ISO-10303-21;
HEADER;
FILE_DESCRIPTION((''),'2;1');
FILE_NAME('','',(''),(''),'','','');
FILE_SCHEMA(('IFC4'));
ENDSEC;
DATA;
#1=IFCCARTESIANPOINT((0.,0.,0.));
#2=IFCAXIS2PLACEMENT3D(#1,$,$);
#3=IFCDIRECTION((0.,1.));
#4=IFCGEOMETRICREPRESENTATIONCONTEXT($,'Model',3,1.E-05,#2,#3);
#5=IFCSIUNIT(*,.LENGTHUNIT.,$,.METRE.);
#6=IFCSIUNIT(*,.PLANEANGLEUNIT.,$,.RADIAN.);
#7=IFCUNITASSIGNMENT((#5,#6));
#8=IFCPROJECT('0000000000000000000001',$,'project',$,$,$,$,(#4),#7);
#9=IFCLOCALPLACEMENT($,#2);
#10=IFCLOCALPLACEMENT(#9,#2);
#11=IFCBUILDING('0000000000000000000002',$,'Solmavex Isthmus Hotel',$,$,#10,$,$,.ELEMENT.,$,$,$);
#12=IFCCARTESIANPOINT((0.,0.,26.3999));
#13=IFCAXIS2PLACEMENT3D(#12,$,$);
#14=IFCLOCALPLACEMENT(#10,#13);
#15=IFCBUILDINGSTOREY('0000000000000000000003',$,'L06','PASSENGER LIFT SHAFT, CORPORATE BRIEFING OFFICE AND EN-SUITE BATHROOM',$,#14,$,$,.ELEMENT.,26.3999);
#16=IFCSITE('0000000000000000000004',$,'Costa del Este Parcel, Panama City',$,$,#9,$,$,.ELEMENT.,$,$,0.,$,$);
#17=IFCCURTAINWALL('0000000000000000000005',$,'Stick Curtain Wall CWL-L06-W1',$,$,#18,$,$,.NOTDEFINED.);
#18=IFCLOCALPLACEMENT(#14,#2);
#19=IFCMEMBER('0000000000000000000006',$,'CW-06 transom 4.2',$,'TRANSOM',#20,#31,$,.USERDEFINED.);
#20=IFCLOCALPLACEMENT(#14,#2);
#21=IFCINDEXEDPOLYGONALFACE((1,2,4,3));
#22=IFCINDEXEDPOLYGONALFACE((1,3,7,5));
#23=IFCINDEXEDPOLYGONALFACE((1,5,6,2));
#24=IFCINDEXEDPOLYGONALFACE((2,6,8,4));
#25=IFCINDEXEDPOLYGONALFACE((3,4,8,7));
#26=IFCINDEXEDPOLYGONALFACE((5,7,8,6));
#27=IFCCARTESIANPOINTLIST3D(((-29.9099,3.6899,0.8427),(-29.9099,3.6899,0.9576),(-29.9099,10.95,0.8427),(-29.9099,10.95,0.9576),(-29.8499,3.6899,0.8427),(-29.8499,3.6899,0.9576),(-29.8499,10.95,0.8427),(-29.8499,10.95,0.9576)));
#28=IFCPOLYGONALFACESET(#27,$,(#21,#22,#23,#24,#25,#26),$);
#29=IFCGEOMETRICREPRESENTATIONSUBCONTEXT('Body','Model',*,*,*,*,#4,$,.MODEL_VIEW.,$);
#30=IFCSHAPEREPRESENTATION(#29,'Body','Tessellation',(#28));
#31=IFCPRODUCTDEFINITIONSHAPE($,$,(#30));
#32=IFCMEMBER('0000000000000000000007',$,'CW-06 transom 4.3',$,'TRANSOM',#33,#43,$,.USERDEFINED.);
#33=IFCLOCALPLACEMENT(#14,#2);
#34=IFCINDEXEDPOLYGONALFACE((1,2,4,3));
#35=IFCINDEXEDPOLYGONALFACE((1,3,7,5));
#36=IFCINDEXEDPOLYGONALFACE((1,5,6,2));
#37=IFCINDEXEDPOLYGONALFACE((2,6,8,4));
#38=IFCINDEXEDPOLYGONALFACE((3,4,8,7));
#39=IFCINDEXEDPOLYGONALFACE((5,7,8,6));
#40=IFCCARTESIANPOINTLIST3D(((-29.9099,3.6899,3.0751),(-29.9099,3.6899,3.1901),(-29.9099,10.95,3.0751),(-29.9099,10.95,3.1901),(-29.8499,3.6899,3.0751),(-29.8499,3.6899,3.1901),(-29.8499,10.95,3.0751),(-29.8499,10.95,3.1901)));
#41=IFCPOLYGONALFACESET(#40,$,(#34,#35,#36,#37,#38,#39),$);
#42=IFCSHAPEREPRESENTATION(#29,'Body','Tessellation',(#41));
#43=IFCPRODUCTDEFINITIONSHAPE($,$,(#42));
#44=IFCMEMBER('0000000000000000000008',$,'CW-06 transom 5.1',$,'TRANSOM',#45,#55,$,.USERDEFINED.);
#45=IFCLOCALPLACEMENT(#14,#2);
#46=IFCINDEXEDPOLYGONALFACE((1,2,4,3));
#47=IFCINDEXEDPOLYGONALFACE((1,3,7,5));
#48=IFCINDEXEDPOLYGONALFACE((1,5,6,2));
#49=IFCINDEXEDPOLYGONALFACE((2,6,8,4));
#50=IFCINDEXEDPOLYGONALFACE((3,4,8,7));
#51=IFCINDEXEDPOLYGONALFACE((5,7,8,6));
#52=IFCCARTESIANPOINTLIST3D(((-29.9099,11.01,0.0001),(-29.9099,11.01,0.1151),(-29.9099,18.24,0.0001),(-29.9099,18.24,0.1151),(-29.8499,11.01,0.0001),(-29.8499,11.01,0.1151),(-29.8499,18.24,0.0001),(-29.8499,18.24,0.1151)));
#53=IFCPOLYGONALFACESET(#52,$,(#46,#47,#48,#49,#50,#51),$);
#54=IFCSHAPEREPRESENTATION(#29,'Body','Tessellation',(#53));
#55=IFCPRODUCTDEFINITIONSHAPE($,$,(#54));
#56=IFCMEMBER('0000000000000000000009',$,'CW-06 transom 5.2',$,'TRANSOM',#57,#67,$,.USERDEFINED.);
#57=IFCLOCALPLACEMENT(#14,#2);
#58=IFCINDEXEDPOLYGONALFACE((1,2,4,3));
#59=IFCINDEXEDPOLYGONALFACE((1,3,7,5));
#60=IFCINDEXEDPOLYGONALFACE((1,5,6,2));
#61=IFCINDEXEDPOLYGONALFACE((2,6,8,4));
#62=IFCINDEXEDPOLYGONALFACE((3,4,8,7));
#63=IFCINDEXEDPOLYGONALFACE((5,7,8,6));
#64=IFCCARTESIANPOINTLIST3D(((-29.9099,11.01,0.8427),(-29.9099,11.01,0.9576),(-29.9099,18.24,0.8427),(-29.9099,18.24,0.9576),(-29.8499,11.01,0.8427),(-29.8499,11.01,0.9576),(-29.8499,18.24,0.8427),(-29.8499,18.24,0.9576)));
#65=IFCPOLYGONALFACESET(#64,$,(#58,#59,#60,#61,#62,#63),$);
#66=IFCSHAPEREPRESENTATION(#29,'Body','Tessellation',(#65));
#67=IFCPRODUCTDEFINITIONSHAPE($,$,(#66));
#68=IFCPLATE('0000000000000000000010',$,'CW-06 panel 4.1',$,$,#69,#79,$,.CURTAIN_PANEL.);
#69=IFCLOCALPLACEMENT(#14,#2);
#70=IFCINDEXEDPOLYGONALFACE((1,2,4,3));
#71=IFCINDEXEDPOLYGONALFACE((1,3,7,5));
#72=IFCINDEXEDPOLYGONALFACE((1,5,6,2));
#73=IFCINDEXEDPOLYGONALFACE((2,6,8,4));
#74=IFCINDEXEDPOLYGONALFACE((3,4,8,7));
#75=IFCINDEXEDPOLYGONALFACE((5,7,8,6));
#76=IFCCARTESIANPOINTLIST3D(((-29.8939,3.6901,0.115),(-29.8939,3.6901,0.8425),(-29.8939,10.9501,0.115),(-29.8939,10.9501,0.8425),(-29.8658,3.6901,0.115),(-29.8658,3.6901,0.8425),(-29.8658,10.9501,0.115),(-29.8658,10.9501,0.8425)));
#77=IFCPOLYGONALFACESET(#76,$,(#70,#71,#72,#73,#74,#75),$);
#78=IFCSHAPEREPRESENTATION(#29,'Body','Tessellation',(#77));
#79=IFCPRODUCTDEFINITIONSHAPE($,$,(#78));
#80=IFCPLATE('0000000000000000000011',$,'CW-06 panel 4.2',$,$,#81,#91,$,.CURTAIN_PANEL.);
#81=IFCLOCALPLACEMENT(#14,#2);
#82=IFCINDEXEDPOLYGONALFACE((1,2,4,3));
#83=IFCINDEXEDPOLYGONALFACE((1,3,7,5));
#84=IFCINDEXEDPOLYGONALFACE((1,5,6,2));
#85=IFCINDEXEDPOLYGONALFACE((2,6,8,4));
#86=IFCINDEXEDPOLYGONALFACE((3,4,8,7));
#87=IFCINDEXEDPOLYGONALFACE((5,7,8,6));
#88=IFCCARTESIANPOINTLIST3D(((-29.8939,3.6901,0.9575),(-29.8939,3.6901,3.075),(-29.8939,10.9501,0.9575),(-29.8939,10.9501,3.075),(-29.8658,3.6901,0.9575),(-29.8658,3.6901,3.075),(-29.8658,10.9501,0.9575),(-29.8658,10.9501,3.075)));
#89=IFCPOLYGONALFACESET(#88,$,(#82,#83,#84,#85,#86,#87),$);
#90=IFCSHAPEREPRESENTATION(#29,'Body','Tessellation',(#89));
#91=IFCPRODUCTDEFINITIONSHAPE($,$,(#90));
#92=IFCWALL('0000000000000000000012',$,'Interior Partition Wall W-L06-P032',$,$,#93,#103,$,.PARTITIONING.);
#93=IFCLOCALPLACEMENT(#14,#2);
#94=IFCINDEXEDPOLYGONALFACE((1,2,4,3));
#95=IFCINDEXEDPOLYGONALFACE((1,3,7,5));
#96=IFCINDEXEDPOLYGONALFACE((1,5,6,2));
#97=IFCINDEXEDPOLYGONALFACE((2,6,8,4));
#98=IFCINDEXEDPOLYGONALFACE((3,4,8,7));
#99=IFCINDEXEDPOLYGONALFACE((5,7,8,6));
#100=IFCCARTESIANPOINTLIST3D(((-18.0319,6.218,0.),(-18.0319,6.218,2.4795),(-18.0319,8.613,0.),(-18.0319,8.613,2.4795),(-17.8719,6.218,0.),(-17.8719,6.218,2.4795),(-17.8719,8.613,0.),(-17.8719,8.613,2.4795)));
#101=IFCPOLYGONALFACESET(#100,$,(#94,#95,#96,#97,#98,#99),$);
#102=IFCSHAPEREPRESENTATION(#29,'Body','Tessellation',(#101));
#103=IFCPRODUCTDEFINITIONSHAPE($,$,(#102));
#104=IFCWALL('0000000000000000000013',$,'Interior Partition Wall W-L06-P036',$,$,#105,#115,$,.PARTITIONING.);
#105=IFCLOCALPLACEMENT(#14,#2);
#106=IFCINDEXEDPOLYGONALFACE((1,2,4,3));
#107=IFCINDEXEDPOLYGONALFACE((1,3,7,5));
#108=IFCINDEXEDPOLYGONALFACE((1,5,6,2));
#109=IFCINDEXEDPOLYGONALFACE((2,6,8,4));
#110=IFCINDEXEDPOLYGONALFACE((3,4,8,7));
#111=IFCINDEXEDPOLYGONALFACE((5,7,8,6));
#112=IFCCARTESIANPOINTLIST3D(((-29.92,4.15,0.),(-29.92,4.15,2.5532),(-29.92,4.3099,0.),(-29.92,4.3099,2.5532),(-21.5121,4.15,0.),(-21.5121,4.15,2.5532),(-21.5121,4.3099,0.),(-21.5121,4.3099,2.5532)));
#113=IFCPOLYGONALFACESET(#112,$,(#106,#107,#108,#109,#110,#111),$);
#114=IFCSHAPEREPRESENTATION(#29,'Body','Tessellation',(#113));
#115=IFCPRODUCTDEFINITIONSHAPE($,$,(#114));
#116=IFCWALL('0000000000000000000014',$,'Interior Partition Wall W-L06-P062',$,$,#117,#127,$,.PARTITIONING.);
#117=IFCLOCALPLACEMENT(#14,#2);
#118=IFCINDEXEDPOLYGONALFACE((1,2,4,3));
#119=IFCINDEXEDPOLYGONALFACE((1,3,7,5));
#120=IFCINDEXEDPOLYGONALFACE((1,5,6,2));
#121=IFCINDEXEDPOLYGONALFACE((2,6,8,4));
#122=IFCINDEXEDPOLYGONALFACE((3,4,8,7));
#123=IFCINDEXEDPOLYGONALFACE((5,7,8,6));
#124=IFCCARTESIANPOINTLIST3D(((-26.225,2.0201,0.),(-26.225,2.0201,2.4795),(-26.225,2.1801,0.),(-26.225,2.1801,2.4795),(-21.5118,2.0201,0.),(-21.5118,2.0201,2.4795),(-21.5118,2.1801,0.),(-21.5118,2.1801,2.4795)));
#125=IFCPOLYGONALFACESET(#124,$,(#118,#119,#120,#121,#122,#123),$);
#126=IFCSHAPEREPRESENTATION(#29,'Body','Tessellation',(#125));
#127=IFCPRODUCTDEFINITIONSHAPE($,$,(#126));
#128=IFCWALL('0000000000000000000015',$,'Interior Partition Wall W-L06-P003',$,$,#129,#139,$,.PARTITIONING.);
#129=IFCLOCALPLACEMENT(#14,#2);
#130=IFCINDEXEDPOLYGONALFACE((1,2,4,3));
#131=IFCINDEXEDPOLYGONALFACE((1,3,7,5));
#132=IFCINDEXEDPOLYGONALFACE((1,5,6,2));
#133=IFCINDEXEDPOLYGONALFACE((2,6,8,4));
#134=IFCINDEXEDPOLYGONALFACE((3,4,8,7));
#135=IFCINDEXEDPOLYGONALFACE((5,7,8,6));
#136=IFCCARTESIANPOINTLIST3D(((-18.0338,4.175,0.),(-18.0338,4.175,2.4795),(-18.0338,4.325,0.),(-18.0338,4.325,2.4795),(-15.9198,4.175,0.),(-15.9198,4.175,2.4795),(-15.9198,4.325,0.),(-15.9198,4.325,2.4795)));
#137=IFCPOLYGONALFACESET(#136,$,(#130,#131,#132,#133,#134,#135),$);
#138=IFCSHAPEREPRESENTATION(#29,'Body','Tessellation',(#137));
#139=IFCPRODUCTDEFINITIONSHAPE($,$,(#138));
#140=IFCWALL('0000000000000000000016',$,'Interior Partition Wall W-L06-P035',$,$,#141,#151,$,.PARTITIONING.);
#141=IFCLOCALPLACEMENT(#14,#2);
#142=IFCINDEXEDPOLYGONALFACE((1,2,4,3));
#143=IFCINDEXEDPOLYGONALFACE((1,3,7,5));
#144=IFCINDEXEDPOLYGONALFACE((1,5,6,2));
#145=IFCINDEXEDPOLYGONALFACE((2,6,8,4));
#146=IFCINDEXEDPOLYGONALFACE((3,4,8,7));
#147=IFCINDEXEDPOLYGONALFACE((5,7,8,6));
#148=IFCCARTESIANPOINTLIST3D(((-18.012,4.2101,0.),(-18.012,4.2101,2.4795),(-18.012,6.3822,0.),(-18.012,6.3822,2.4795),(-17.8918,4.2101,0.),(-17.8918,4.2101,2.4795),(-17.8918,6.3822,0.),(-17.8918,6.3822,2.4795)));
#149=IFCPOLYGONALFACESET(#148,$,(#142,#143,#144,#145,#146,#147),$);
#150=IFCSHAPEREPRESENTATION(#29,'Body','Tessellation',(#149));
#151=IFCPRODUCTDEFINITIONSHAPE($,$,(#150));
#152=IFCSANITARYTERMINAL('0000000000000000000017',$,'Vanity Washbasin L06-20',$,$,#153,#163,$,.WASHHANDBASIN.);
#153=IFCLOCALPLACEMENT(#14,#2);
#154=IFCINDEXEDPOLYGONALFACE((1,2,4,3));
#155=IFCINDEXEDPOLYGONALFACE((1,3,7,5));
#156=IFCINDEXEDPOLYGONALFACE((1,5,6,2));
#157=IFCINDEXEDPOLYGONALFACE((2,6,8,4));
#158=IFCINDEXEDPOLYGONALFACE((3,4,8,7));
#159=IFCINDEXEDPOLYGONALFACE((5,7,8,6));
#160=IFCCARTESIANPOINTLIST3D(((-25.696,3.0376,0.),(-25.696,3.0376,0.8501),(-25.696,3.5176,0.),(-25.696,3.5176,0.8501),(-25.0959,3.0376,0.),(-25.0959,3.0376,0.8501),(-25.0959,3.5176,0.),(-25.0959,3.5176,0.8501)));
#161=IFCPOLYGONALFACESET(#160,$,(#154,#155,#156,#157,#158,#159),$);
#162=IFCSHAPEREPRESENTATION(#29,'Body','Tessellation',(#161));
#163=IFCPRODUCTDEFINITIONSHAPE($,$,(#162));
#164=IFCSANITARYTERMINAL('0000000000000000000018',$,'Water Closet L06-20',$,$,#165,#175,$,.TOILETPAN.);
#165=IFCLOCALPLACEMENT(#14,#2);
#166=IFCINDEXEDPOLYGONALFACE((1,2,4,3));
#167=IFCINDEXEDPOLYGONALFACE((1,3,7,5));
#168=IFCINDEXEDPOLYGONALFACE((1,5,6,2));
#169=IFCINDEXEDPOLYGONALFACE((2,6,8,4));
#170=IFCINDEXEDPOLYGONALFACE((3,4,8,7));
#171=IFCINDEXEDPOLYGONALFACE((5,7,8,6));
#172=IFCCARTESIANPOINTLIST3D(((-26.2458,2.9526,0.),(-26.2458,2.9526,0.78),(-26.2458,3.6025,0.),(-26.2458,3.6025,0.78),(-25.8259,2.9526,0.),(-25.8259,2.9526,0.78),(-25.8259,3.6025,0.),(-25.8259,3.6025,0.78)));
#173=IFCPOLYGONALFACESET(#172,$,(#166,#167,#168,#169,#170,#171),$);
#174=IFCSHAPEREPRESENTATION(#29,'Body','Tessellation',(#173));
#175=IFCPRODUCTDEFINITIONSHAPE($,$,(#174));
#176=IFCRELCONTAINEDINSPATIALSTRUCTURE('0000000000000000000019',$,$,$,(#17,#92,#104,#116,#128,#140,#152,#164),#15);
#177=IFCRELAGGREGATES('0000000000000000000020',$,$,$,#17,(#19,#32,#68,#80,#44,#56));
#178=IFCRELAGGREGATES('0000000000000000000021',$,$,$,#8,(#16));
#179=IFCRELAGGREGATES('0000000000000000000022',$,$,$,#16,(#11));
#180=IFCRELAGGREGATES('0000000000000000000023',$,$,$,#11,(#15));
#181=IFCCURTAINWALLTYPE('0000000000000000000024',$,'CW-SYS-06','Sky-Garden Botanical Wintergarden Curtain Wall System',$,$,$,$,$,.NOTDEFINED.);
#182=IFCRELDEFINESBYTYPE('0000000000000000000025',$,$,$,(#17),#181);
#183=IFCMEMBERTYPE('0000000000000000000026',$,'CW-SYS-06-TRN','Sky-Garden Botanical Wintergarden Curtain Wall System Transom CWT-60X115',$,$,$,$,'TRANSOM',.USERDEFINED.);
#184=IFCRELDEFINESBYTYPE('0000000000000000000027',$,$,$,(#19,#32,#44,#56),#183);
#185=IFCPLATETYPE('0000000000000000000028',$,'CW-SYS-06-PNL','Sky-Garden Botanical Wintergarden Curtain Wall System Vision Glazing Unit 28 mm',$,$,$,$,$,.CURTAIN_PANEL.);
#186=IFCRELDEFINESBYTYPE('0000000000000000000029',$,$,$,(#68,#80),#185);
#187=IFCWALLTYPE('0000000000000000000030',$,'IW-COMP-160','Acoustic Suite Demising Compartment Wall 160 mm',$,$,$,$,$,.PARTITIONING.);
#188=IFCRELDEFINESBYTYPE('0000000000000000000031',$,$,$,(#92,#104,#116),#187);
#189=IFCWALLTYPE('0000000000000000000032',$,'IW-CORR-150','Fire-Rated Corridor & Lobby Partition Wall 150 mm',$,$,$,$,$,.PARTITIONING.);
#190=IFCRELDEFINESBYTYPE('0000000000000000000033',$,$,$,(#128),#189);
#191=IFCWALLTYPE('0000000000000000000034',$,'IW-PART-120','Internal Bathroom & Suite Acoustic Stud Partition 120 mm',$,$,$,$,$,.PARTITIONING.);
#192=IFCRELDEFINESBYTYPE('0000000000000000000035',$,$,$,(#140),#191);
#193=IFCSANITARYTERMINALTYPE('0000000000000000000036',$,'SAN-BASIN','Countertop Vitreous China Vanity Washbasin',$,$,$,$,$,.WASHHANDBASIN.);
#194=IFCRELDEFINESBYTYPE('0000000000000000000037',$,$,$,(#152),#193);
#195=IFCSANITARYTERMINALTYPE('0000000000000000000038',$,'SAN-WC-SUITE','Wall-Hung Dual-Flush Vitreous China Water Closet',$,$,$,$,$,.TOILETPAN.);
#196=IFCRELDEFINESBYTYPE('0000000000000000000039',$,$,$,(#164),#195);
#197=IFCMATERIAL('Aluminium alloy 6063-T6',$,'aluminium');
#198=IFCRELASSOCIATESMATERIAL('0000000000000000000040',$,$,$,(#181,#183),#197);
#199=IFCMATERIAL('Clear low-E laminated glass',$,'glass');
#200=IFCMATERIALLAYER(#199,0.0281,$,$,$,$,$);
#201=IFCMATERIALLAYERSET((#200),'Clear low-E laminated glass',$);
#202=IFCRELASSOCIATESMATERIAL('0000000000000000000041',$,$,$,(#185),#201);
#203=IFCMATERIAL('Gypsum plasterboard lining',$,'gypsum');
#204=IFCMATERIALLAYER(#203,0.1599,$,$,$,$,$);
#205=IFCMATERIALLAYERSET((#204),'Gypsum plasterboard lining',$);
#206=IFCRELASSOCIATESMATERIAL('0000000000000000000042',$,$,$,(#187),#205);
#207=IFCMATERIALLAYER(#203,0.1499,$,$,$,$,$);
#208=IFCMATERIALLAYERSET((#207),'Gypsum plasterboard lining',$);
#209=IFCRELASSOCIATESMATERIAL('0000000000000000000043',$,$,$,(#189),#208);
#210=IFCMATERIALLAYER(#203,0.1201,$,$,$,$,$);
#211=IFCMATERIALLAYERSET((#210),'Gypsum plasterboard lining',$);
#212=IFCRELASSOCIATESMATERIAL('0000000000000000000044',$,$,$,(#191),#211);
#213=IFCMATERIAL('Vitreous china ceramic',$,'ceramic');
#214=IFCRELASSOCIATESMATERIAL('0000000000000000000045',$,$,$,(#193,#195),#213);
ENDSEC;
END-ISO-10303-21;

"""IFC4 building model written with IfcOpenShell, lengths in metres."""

from ifc_helpers import new_model, si_unit, direction, frame, frame_2d, origin, origin_2d, place, context, subcontext, project, spatial, rectangle, extrude, material, layer, layer_set, material_profile, profile_set, type_object, element, aggregate, save


model = new_model("IFC4")

# Units and contexts
model_context = context("Model", 3, precision=1e-05, world=origin(), true_north=direction((0.0, 1.0)))
body_context = subcontext(model_context, "Body", "Model", "MODEL_VIEW")
ifc_project = project(units=[si_unit("LENGTHUNIT", "METRE"), si_unit("PLANEANGLEUNIT", "RADIAN")], contexts=[model_context])

# Site, building, storey
site_placement = place(None, origin())
site = spatial("IfcSite", under=ifc_project, at=site_placement, Name="Costa del Este Parcel, Panama City", CompositionType="ELEMENT", RefElevation=0.0)
building_placement = place(site_placement, origin())
building = spatial("IfcBuilding", under=site, at=building_placement, Name="Solmavex Isthmus Hotel", CompositionType="ELEMENT")
storey_placement = place(building_placement, frame((0.0, 0.0, 26.3999)))
storey = spatial("IfcBuildingStorey", under=building, at=storey_placement, Name="L06", Description="PASSENGER LIFT SHAFT, CORPORATE BRIEFING OFFICE AND EN-SUITE BATHROOM", CompositionType="ELEMENT", Elevation=26.3999)

# Curtain wall, members, plates
ifc_material_1 = material(Name="Aluminium alloy 6063-T6", Category="aluminium")
curtain_wall_type = type_object("IfcCurtainWallType", Name="CW-SYS-06", Description="Sky-Garden Botanical Wintergarden Curtain Wall System", PredefinedType="NOTDEFINED", material=ifc_material_1)
curtain_wall_placement = place(storey_placement, origin())
curtain_wall = element("IfcCurtainWall", 1, at=curtain_wall_placement, inside=storey, type_object=curtain_wall_type, Name="Stick Curtain Wall CWL-L06-W1", PredefinedType="NOTDEFINED")
ifc_material_profile_1 = material_profile(ifc_material_1, rectangle(XDim=0.0601, YDim=0.115, at=origin_2d()), Name="CWT-60X115")
ifc_profile_set_1 = profile_set([ifc_material_profile_1], Name="Aluminium alloy 6063-T6")
member_type_1 = type_object("IfcMemberType", Name="CW-SYS-06-TRN", Description="Sky-Garden Botanical Wintergarden Curtain Wall System Transom CWT-60X115", ElementType="TRANSOM", PredefinedType="USERDEFINED", material=ifc_profile_set_1)
member_1_placement = place(storey_placement, frame((-29.8799, 3.6899, 0.9001), z_axis=(0.0, 1.0, 0.0), x_axis=(-1.0, 0.0, 0.0)))
member_1 = element("IfcMember", 2, at=member_1_placement, type_object=member_type_1, Name="CW-06 transom 4.2", ObjectType="TRANSOM", PredefinedType="USERDEFINED", context=body_context, shape_type="SweptSolid", body=[
    extrude(rectangle(XDim=0.0601, YDim=0.115, at=origin_2d()), origin(), (0.0, 0.0, 1.0), 7.26),
])
member_2_placement = place(storey_placement, frame((-29.8799, 3.6899, 3.1326), z_axis=(0.0, 1.0, 0.0), x_axis=(-1.0, 0.0, 0.0)))
member_2 = element("IfcMember", 3, at=member_2_placement, type_object=member_type_1, Name="CW-06 transom 4.3", ObjectType="TRANSOM", PredefinedType="USERDEFINED", context=body_context, shape_type="SweptSolid", body=[
    extrude(rectangle(XDim=0.0601, YDim=0.115, at=origin_2d()), origin(), (0.0, 0.0, 1.0), 7.26),
])
member_3_placement = place(storey_placement, frame((-29.8799, 11.01, 0.0576), z_axis=(0.0, 1.0, 0.0), x_axis=(-1.0, 0.0, 0.0)))
member_3 = element("IfcMember", 4, at=member_3_placement, type_object=member_type_1, Name="CW-06 transom 5.1", ObjectType="TRANSOM", PredefinedType="USERDEFINED", context=body_context, shape_type="SweptSolid", body=[
    extrude(rectangle(XDim=0.0601, YDim=0.115, at=origin_2d()), origin(), (0.0, 0.0, 1.0), 7.23),
])
member_4_placement = place(storey_placement, frame((-29.8799, 11.01, 0.9001), z_axis=(0.0, 1.0, 0.0), x_axis=(-1.0, 0.0, 0.0)))
member_4 = element("IfcMember", 5, at=member_4_placement, type_object=member_type_1, Name="CW-06 transom 5.2", ObjectType="TRANSOM", PredefinedType="USERDEFINED", context=body_context, shape_type="SweptSolid", body=[
    extrude(rectangle(XDim=0.0601, YDim=0.115, at=origin_2d()), origin(), (0.0, 0.0, 1.0), 7.23),
])
ifc_material_2 = material(Name="Clear low-E laminated glass", Category="glass")
ifc_layer_1 = layer(ifc_material_2, 0.0281)
ifc_layer_set_1 = layer_set([ifc_layer_1], Name="Clear low-E laminated glass")
plate_type = type_object("IfcPlateType", Name="CW-SYS-06-PNL", Description="Sky-Garden Botanical Wintergarden Curtain Wall System Vision Glazing Unit 28 mm", PredefinedType="CURTAIN_PANEL", material=ifc_layer_set_1)
plate_1_placement = place(storey_placement, frame((-29.8799, 7.3201, 0.115), z_axis=(0.0, 0.0, 1.0), x_axis=(0.0, 1.0, 0.0)))
plate_1 = element("IfcPlate", 6, at=plate_1_placement, type_object=plate_type, Name="CW-06 panel 4.1", PredefinedType="CURTAIN_PANEL", context=body_context, shape_type="SweptSolid", body=[
    extrude(rectangle(XDim=7.26, YDim=0.0281, at=origin_2d()), origin(), (0.0, 0.0, 1.0), 0.7275),
])
plate_2_placement = place(storey_placement, frame((-29.8799, 7.3201, 0.9575), z_axis=(0.0, 0.0, 1.0), x_axis=(0.0, 1.0, 0.0)))
plate_2 = element("IfcPlate", 7, at=plate_2_placement, type_object=plate_type, Name="CW-06 panel 4.2", PredefinedType="CURTAIN_PANEL", context=body_context, shape_type="SweptSolid", body=[
    extrude(rectangle(XDim=7.26, YDim=0.0281, at=origin_2d()), origin(), (0.0, 0.0, 1.0), 2.1174),
])
aggregate(curtain_wall, [member_1, member_2, plate_1, plate_2, member_3, member_4])

# Walls
ifc_material_3 = material(Name="Gypsum plasterboard lining", Category="gypsum")
ifc_layer_2 = layer(ifc_material_3, 0.1599)
ifc_layer_set_2 = layer_set([ifc_layer_2], Name="Gypsum plasterboard lining")
wall_type_1 = type_object("IfcWallType", Name="IW-COMP-160", Description="Acoustic Suite Demising Compartment Wall 160 mm", PredefinedType="PARTITIONING", material=ifc_layer_set_2)
wall_1_placement = place(storey_placement, frame((-17.9519, 8.613, 0.0), z_axis=(0.0, 0.0, 1.0), x_axis=(0.0, -1.0, 0.0)))
element("IfcWall", 8, at=wall_1_placement, inside=storey, type_object=wall_type_1, Name="Interior Partition Wall W-L06-P032", PredefinedType="PARTITIONING", context=body_context, shape_type="SweptSolid", body=[
    extrude(rectangle(XDim=2.395, YDim=0.1599, at=frame_2d((1.1975, 0.0))), origin(), (0.0, 0.0, 1.0), 2.4795),
])
wall_2_placement = place(storey_placement, frame((-21.512, 4.23, 0.0), z_axis=(0.0, 0.0, 1.0), x_axis=(-1.0, 0.0, 0.0)))
element("IfcWall", 9, at=wall_2_placement, inside=storey, type_object=wall_type_1, Name="Interior Partition Wall W-L06-P036", PredefinedType="PARTITIONING", context=body_context, shape_type="SweptSolid", body=[
    extrude(rectangle(XDim=8.408, YDim=0.1599, at=frame_2d((4.2041, 0.0))), origin(), (0.0, 0.0, 1.0), 2.5532),
])
wall_3_placement = place(storey_placement, frame((-21.512, 2.1001, 0.0), z_axis=(0.0, 0.0, 1.0), x_axis=(-1.0, 0.0, 0.0)))
element("IfcWall", 10, at=wall_3_placement, inside=storey, type_object=wall_type_1, Name="Interior Partition Wall W-L06-P062", PredefinedType="PARTITIONING", context=body_context, shape_type="SweptSolid", body=[
    extrude(rectangle(XDim=4.7131, YDim=0.1599, at=frame_2d((2.3564, 0.0))), origin(), (0.0, 0.0, 1.0), 2.4795),
])

# Shared definitions
ifc_layer_3 = layer(ifc_material_3, 0.1499)
ifc_layer_set_3 = layer_set([ifc_layer_3], Name="Gypsum plasterboard lining")
wall_type_2 = type_object("IfcWallType", Name="IW-CORR-150", Description="Fire-Rated Corridor & Lobby Partition Wall 150 mm", PredefinedType="PARTITIONING", material=ifc_layer_set_3)

# Wall
wall_4_placement = place(storey_placement, frame((-18.0339, 4.25, 0.0), z_axis=(0.0, 0.0, 1.0), x_axis=(1.0, 0.0, 0.0)))
element("IfcWall", 11, at=wall_4_placement, inside=storey, type_object=wall_type_2, Name="Interior Partition Wall W-L06-P003", PredefinedType="PARTITIONING", context=body_context, shape_type="SweptSolid", body=[
    extrude(rectangle(XDim=2.114, YDim=0.1499, at=frame_2d((1.0571, 0.0))), origin(), (0.0, 0.0, 1.0), 2.4795),
])

# Wall
ifc_layer_4 = layer(ifc_material_3, 0.1201)
ifc_layer_set_4 = layer_set([ifc_layer_4], Name="Gypsum plasterboard lining")
wall_type_3 = type_object("IfcWallType", Name="IW-PART-120", Description="Internal Bathroom & Suite Acoustic Stud Partition 120 mm", PredefinedType="PARTITIONING", material=ifc_layer_set_4)
wall_5_placement = place(storey_placement, frame((-17.9519, 6.3821, 0.0), z_axis=(0.0, 0.0, 1.0), x_axis=(0.0, -1.0, 0.0)))
element("IfcWall", 12, at=wall_5_placement, inside=storey, type_object=wall_type_3, Name="Interior Partition Wall W-L06-P035", PredefinedType="PARTITIONING", context=body_context, shape_type="SweptSolid", body=[
    extrude(rectangle(XDim=2.1721, YDim=0.1201, at=frame_2d((1.0859, 0.0))), origin(), (0.0, 0.0, 1.0), 2.4795),
])

# Sanitary terminals
ifc_material_4 = material(Name="Vitreous china ceramic", Category="ceramic")
sanitary_terminal_type_1 = type_object("IfcSanitaryTerminalType", Name="SAN-BASIN", Description="Countertop Vitreous China Vanity Washbasin", PredefinedType="WASHHANDBASIN", material=ifc_material_4)
sanitary_terminal_1_placement = place(storey_placement, frame((-25.396, 3.2776, 0.0), z_axis=(0.0, 0.0, 1.0), x_axis=(1.0, 0.0, 0.0)))
element("IfcSanitaryTerminal", 13, at=sanitary_terminal_1_placement, inside=storey, type_object=sanitary_terminal_type_1, Name="Vanity Washbasin L06-20", PredefinedType="WASHHANDBASIN", context=body_context, shape_type="SweptSolid", body=[
    extrude(rectangle(XDim=0.6001, YDim=0.48, at=origin_2d()), origin(), (0.0, 0.0, 1.0), 0.8501),
])
sanitary_terminal_type_2 = type_object("IfcSanitaryTerminalType", Name="SAN-WC-SUITE", Description="Wall-Hung Dual-Flush Vitreous China Water Closet", PredefinedType="TOILETPAN", material=ifc_material_4)
sanitary_terminal_2_placement = place(storey_placement, frame((-26.0359, 3.2776, 0.0), z_axis=(0.0, 0.0, 1.0), x_axis=(1.0, 0.0, 0.0)))
element("IfcSanitaryTerminal", 14, at=sanitary_terminal_2_placement, inside=storey, type_object=sanitary_terminal_type_2, Name="Water Closet L06-20", PredefinedType="TOILETPAN", context=body_context, shape_type="SweptSolid", body=[
    extrude(rectangle(XDim=0.4199, YDim=0.6499, at=origin_2d()), origin(), (0.0, 0.0, 1.0), 0.78),
])

save(model, "model.ifc")
